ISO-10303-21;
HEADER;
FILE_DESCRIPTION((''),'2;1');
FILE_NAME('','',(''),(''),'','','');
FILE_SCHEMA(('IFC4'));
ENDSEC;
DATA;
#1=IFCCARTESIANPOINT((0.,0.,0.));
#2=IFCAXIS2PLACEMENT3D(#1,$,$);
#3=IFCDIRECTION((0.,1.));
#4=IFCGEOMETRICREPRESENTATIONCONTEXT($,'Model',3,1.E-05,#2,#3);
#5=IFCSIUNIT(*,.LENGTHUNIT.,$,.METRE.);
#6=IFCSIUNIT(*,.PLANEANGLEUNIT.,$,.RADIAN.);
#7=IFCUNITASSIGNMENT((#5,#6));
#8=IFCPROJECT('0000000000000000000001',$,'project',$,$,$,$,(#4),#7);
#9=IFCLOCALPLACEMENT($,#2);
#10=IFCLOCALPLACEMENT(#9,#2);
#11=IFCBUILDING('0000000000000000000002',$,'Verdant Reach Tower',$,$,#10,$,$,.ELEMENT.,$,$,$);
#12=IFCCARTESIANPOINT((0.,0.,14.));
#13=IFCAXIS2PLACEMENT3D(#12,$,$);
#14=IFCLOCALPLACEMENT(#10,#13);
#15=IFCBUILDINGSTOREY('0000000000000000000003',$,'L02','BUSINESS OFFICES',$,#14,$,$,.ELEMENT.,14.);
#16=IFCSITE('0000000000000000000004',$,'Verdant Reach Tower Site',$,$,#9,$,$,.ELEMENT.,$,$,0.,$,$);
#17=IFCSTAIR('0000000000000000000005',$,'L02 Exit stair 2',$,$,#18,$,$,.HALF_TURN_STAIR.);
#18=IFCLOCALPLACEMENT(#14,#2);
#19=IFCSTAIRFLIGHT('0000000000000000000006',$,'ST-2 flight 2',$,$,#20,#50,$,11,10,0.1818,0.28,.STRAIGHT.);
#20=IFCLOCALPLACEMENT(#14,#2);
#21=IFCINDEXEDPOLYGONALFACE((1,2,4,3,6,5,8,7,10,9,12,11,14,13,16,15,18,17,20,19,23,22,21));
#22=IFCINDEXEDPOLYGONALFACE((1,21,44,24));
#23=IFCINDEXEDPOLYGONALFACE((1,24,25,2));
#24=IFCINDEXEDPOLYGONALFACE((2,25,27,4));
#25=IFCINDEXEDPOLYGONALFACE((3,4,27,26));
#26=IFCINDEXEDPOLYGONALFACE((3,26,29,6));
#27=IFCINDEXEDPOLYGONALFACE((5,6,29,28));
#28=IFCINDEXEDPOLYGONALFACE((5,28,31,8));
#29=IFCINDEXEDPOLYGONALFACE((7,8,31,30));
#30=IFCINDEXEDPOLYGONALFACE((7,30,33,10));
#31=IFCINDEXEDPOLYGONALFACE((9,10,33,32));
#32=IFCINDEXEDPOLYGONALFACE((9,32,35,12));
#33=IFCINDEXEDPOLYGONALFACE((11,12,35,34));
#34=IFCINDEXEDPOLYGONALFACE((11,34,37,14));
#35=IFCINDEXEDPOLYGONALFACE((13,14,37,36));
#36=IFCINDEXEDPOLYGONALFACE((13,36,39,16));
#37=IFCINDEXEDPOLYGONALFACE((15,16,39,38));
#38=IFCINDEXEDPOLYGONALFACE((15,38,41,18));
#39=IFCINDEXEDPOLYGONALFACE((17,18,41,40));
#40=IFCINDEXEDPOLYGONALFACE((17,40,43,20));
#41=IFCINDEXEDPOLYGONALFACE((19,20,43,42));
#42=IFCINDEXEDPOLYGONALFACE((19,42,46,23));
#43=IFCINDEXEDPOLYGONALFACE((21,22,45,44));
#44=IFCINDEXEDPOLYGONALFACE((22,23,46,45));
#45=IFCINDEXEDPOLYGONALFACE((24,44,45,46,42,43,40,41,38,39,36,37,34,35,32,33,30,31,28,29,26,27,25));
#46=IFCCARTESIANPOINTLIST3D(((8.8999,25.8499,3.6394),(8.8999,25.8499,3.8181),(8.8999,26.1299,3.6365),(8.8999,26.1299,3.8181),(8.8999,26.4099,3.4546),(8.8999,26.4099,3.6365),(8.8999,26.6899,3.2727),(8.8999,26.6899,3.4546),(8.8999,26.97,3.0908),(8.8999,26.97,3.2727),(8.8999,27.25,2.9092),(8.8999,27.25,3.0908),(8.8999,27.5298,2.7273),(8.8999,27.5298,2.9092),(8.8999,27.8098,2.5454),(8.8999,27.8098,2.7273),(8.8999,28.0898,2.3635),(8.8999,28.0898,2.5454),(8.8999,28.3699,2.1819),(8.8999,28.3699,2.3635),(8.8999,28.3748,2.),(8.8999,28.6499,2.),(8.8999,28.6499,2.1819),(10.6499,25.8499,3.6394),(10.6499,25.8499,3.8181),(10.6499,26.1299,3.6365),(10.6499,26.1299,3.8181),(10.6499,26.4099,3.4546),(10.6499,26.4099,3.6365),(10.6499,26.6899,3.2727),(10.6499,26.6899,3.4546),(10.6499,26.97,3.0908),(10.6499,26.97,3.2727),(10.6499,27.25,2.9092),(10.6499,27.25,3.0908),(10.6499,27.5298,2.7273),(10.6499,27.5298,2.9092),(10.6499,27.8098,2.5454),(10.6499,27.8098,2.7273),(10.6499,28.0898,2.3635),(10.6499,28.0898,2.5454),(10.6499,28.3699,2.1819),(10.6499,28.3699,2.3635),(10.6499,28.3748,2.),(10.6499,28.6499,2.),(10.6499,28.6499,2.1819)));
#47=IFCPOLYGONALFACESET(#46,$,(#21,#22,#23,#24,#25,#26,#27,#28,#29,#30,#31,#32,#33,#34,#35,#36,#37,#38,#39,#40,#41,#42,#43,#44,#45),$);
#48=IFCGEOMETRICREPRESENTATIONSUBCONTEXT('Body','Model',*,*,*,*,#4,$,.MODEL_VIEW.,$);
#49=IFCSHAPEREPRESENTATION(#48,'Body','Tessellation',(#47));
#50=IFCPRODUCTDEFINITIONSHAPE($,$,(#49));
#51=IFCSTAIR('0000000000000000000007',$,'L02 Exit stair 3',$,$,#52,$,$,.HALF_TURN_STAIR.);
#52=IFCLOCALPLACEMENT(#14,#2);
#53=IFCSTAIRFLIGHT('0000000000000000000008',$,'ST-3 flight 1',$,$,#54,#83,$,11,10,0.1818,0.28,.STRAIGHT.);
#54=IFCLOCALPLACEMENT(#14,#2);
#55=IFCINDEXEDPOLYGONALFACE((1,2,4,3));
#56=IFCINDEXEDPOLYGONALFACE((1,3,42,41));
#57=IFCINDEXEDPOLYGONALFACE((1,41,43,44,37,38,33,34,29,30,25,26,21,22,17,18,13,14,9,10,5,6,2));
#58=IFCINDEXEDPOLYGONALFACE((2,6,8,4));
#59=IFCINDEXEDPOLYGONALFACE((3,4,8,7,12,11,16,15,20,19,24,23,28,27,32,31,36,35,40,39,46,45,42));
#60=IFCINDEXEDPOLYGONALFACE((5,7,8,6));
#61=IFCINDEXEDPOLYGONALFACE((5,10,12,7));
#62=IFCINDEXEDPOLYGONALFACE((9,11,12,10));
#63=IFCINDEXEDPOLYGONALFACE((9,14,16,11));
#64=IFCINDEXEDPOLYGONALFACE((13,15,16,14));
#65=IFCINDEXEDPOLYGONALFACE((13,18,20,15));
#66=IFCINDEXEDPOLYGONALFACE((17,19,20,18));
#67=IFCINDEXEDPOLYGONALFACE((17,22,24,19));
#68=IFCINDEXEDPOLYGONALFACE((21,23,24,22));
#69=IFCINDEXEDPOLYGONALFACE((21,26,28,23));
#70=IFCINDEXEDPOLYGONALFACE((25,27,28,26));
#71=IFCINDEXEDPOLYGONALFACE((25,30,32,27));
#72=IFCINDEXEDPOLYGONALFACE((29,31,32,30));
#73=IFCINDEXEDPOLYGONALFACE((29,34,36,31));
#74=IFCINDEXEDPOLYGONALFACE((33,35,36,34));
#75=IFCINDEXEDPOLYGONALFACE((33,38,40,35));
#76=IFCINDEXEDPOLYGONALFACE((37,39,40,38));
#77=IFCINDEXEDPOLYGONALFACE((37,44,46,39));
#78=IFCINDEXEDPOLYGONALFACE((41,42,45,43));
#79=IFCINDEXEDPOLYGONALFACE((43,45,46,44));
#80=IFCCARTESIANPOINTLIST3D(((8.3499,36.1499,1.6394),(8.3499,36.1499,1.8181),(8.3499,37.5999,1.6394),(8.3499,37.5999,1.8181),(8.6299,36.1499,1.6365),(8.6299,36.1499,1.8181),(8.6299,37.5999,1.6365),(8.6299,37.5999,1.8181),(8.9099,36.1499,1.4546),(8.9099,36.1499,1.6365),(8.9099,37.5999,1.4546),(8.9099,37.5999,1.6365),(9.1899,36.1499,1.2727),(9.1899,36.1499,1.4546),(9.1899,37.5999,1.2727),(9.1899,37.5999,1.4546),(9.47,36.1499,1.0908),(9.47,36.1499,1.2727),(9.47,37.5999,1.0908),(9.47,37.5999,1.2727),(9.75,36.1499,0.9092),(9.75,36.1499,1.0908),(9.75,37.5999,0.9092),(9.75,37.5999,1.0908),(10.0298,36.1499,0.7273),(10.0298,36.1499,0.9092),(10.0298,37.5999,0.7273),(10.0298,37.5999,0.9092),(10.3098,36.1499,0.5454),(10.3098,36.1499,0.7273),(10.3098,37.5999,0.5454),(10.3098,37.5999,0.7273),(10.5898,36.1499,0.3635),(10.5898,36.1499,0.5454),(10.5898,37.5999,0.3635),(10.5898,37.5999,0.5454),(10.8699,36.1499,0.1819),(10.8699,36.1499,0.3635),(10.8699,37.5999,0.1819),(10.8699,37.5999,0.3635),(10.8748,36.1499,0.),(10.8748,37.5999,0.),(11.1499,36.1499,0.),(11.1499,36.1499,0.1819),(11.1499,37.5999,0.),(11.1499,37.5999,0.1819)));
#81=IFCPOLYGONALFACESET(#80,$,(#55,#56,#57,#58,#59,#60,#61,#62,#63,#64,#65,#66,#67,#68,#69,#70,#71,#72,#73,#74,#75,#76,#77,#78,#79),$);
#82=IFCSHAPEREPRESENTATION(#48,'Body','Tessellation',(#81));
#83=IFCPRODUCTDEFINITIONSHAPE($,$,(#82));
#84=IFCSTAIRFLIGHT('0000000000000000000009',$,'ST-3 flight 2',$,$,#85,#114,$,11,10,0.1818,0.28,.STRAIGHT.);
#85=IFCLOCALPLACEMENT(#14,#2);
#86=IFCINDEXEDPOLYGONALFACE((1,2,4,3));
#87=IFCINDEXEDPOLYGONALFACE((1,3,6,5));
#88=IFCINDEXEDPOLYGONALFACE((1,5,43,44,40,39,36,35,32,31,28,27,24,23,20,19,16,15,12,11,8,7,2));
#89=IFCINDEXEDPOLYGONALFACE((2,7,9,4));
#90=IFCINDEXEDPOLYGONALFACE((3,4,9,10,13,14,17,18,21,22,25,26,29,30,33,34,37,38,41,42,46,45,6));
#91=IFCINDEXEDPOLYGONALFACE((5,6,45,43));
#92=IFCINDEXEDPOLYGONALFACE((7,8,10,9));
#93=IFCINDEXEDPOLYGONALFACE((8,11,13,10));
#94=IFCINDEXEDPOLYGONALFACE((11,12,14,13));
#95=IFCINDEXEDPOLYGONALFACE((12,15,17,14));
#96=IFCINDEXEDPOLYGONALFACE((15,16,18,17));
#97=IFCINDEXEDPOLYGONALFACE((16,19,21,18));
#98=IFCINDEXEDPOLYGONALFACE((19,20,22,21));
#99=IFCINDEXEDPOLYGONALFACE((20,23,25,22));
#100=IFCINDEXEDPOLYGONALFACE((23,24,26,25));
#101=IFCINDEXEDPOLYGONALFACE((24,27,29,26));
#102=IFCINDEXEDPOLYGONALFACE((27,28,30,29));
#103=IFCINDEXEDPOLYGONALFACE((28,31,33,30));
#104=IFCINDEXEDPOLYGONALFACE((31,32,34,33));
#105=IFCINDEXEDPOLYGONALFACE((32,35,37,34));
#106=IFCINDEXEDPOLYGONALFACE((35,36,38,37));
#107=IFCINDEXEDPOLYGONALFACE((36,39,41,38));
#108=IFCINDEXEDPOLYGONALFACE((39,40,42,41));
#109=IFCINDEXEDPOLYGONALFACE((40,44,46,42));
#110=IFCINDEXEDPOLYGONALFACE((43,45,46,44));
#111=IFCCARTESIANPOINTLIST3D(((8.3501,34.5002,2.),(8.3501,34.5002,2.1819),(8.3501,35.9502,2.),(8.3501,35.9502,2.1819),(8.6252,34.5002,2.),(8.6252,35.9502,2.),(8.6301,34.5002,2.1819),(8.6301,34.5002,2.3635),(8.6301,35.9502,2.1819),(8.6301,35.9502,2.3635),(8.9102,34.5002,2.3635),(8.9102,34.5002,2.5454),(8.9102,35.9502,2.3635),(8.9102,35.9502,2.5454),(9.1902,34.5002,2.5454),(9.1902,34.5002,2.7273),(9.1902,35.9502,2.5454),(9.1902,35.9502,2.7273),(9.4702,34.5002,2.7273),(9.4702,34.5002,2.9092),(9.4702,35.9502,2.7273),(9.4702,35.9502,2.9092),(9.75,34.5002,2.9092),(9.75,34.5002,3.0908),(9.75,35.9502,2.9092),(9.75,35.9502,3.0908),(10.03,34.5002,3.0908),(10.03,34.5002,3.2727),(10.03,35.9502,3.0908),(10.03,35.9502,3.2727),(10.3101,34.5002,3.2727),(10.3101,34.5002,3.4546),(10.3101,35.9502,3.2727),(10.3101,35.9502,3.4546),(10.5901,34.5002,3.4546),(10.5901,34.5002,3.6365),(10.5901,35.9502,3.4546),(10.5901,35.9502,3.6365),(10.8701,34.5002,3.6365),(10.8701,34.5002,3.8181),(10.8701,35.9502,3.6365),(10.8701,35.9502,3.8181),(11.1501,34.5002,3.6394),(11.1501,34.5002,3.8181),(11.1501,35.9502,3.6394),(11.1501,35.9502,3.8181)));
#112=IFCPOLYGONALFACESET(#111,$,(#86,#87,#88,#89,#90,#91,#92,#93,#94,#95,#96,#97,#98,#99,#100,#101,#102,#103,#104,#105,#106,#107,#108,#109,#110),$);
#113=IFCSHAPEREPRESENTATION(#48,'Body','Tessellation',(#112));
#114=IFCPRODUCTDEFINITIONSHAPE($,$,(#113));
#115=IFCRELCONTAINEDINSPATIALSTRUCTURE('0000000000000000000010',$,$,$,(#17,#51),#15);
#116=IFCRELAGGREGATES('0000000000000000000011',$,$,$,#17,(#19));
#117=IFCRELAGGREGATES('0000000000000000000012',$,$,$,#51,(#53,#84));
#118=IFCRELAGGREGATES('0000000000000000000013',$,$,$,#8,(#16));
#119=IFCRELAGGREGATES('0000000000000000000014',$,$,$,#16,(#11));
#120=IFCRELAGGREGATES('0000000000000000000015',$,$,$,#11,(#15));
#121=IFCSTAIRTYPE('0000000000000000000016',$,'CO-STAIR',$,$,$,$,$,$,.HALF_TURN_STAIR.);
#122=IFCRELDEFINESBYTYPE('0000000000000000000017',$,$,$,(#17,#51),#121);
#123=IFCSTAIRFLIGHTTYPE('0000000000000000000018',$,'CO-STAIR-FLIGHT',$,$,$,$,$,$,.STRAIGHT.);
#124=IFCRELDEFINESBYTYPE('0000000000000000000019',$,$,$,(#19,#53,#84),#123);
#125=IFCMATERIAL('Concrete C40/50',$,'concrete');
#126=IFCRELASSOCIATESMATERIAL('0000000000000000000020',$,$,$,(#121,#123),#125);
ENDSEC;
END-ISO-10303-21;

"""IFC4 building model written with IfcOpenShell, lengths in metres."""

from ifc_helpers import new_model, si_unit, direction, frame, origin, place, context, subcontext, project, spatial, polyline, outline, extrude, material, type_object, element, aggregate, save


model = new_model("IFC4")

# Units and contexts
model_context = context("Model", 3, precision=1e-05, world=origin(), true_north=direction((0.0, 1.0)))
body_context = subcontext(model_context, "Body", "Model", "MODEL_VIEW")
ifc_project = project(units=[si_unit("LENGTHUNIT", "METRE"), si_unit("PLANEANGLEUNIT", "RADIAN")], contexts=[model_context])

# Site, building, storey
site_placement = place(None, origin())
site = spatial("IfcSite", under=ifc_project, at=site_placement, Name="Verdant Reach Tower Site", CompositionType="ELEMENT", RefElevation=0.0)
building_placement = place(site_placement, origin())
building = spatial("IfcBuilding", under=site, at=building_placement, Name="Verdant Reach Tower", CompositionType="ELEMENT")
storey_placement = place(building_placement, frame((0.0, 0.0, 14.0)))
storey = spatial("IfcBuildingStorey", under=building, at=storey_placement, Name="L02", Description="BUSINESS OFFICES", CompositionType="ELEMENT", Elevation=14.0)

# Shared definitions
ifc_material_1 = material(Name="Concrete C40/50", Category="concrete")

# Stairs, stair flights
stair_type = type_object("IfcStairType", Name="CO-STAIR", PredefinedType="HALF_TURN_STAIR", material=ifc_material_1)
stair_1_placement = place(storey_placement, origin())
stair_1 = element("IfcStair", 1, at=stair_1_placement, inside=storey, type_object=stair_type, Name="L02 Exit stair 2", PredefinedType="HALF_TURN_STAIR")
stair_flight_type = type_object("IfcStairFlightType", Name="CO-STAIR-FLIGHT", PredefinedType="STRAIGHT", material=ifc_material_1)
stair_flight_1_placement = place(storey_placement, frame((9.7749, 28.6499, 2.0), z_axis=(0.0, 0.0, 1.0), x_axis=(0.0, -1.0, 0.0)))
stair_flight_1 = element("IfcStairFlight", 2, at=stair_flight_1_placement, type_object=stair_flight_type, Name="ST-2 flight 2", NumberOfRisers=11, NumberOfTreads=10, PredefinedType="STRAIGHT", RiserHeight=0.1818, TreadLength=0.28, context=body_context, shape_type="SweptSolid", body=[
    extrude(outline(polyline([(0.0, 0.0), (0.0, 0.1819), (0.28, 0.1819), (0.28, 0.3635), (0.5601, 0.3635), (0.5601, 0.5454), (0.8401, 0.5454), (0.8401, 0.7273), (1.1201, 0.7273), (1.1201, 0.9092), (1.3999, 0.9092), (1.3999, 1.0908), (1.6799, 1.0908), (1.6799, 1.2727), (1.96, 1.2727), (1.96, 1.4546), (2.24, 1.4546), (2.24, 1.6365), (2.52, 1.6365), (2.52, 1.8181), (2.8, 1.8181), (2.8, 2.0), (2.8, 1.6394), (0.2751, 0.0), (0.0, 0.0)])), frame((0.0, 0.875, 0.0), z_axis=(0.0, -1.0, 0.0), x_axis=(1.0, 0.0, 0.0)), (0.0, 0.0, 1.0), 1.75),
])
aggregate(stair_1, [stair_flight_1])
stair_2_placement = place(storey_placement, origin())
stair_2 = element("IfcStair", 3, at=stair_2_placement, inside=storey, type_object=stair_type, Name="L02 Exit stair 3", PredefinedType="HALF_TURN_STAIR")
stair_flight_2_placement = place(storey_placement, frame((11.1499, 36.875, 0.0), z_axis=(0.0, 0.0, 1.0), x_axis=(-1.0, 0.0, 0.0)))
stair_flight_2 = element("IfcStairFlight", 4, at=stair_flight_2_placement, type_object=stair_flight_type, Name="ST-3 flight 1", NumberOfRisers=11, NumberOfTreads=10, PredefinedType="STRAIGHT", RiserHeight=0.1818, TreadLength=0.28, context=body_context, shape_type="SweptSolid", body=[
    extrude(outline(polyline([(0.0, 0.0), (0.0, 0.1819), (0.28, 0.1819), (0.28, 0.3635), (0.5601, 0.3635), (0.5601, 0.5454), (0.8401, 0.5454), (0.8401, 0.7273), (1.1201, 0.7273), (1.1201, 0.9092), (1.3999, 0.9092), (1.3999, 1.0908), (1.6799, 1.0908), (1.6799, 1.2727), (1.96, 1.2727), (1.96, 1.4546), (2.24, 1.4546), (2.24, 1.6365), (2.52, 1.6365), (2.52, 1.8181), (2.8, 1.8181), (2.8, 2.0), (2.8, 1.6394), (0.2751, 0.0), (0.0, 0.0)])), frame((0.0, 0.7251, 0.0), z_axis=(0.0, -1.0, 0.0), x_axis=(1.0, 0.0, 0.0)), (0.0, 0.0, 1.0), 1.45),
])
stair_flight_3_placement = place(storey_placement, frame((8.3501, 35.2251, 2.0), z_axis=(0.0, 0.0, 1.0), x_axis=(1.0, 0.0, 0.0)))
stair_flight_3 = element("IfcStairFlight", 5, at=stair_flight_3_placement, type_object=stair_flight_type, Name="ST-3 flight 2", NumberOfRisers=11, NumberOfTreads=10, PredefinedType="STRAIGHT", RiserHeight=0.1818, TreadLength=0.28, context=body_context, shape_type="SweptSolid", body=[
    extrude(outline(polyline([(0.0, 0.0), (0.0, 0.1819), (0.28, 0.1819), (0.28, 0.3635), (0.5601, 0.3635), (0.5601, 0.5454), (0.8401, 0.5454), (0.8401, 0.7273), (1.1201, 0.7273), (1.1201, 0.9092), (1.3999, 0.9092), (1.3999, 1.0908), (1.6799, 1.0908), (1.6799, 1.2727), (1.96, 1.2727), (1.96, 1.4546), (2.24, 1.4546), (2.24, 1.6365), (2.52, 1.6365), (2.52, 1.8181), (2.8, 1.8181), (2.8, 2.0), (2.8, 1.6394), (0.2751, 0.0), (0.0, 0.0)])), frame((0.0, 0.7251, 0.0), z_axis=(0.0, -1.0, 0.0), x_axis=(1.0, 0.0, 0.0)), (0.0, 0.0, 1.0), 1.45),
])
aggregate(stair_2, [stair_flight_2, stair_flight_3])

save(model, "model.ifc")
